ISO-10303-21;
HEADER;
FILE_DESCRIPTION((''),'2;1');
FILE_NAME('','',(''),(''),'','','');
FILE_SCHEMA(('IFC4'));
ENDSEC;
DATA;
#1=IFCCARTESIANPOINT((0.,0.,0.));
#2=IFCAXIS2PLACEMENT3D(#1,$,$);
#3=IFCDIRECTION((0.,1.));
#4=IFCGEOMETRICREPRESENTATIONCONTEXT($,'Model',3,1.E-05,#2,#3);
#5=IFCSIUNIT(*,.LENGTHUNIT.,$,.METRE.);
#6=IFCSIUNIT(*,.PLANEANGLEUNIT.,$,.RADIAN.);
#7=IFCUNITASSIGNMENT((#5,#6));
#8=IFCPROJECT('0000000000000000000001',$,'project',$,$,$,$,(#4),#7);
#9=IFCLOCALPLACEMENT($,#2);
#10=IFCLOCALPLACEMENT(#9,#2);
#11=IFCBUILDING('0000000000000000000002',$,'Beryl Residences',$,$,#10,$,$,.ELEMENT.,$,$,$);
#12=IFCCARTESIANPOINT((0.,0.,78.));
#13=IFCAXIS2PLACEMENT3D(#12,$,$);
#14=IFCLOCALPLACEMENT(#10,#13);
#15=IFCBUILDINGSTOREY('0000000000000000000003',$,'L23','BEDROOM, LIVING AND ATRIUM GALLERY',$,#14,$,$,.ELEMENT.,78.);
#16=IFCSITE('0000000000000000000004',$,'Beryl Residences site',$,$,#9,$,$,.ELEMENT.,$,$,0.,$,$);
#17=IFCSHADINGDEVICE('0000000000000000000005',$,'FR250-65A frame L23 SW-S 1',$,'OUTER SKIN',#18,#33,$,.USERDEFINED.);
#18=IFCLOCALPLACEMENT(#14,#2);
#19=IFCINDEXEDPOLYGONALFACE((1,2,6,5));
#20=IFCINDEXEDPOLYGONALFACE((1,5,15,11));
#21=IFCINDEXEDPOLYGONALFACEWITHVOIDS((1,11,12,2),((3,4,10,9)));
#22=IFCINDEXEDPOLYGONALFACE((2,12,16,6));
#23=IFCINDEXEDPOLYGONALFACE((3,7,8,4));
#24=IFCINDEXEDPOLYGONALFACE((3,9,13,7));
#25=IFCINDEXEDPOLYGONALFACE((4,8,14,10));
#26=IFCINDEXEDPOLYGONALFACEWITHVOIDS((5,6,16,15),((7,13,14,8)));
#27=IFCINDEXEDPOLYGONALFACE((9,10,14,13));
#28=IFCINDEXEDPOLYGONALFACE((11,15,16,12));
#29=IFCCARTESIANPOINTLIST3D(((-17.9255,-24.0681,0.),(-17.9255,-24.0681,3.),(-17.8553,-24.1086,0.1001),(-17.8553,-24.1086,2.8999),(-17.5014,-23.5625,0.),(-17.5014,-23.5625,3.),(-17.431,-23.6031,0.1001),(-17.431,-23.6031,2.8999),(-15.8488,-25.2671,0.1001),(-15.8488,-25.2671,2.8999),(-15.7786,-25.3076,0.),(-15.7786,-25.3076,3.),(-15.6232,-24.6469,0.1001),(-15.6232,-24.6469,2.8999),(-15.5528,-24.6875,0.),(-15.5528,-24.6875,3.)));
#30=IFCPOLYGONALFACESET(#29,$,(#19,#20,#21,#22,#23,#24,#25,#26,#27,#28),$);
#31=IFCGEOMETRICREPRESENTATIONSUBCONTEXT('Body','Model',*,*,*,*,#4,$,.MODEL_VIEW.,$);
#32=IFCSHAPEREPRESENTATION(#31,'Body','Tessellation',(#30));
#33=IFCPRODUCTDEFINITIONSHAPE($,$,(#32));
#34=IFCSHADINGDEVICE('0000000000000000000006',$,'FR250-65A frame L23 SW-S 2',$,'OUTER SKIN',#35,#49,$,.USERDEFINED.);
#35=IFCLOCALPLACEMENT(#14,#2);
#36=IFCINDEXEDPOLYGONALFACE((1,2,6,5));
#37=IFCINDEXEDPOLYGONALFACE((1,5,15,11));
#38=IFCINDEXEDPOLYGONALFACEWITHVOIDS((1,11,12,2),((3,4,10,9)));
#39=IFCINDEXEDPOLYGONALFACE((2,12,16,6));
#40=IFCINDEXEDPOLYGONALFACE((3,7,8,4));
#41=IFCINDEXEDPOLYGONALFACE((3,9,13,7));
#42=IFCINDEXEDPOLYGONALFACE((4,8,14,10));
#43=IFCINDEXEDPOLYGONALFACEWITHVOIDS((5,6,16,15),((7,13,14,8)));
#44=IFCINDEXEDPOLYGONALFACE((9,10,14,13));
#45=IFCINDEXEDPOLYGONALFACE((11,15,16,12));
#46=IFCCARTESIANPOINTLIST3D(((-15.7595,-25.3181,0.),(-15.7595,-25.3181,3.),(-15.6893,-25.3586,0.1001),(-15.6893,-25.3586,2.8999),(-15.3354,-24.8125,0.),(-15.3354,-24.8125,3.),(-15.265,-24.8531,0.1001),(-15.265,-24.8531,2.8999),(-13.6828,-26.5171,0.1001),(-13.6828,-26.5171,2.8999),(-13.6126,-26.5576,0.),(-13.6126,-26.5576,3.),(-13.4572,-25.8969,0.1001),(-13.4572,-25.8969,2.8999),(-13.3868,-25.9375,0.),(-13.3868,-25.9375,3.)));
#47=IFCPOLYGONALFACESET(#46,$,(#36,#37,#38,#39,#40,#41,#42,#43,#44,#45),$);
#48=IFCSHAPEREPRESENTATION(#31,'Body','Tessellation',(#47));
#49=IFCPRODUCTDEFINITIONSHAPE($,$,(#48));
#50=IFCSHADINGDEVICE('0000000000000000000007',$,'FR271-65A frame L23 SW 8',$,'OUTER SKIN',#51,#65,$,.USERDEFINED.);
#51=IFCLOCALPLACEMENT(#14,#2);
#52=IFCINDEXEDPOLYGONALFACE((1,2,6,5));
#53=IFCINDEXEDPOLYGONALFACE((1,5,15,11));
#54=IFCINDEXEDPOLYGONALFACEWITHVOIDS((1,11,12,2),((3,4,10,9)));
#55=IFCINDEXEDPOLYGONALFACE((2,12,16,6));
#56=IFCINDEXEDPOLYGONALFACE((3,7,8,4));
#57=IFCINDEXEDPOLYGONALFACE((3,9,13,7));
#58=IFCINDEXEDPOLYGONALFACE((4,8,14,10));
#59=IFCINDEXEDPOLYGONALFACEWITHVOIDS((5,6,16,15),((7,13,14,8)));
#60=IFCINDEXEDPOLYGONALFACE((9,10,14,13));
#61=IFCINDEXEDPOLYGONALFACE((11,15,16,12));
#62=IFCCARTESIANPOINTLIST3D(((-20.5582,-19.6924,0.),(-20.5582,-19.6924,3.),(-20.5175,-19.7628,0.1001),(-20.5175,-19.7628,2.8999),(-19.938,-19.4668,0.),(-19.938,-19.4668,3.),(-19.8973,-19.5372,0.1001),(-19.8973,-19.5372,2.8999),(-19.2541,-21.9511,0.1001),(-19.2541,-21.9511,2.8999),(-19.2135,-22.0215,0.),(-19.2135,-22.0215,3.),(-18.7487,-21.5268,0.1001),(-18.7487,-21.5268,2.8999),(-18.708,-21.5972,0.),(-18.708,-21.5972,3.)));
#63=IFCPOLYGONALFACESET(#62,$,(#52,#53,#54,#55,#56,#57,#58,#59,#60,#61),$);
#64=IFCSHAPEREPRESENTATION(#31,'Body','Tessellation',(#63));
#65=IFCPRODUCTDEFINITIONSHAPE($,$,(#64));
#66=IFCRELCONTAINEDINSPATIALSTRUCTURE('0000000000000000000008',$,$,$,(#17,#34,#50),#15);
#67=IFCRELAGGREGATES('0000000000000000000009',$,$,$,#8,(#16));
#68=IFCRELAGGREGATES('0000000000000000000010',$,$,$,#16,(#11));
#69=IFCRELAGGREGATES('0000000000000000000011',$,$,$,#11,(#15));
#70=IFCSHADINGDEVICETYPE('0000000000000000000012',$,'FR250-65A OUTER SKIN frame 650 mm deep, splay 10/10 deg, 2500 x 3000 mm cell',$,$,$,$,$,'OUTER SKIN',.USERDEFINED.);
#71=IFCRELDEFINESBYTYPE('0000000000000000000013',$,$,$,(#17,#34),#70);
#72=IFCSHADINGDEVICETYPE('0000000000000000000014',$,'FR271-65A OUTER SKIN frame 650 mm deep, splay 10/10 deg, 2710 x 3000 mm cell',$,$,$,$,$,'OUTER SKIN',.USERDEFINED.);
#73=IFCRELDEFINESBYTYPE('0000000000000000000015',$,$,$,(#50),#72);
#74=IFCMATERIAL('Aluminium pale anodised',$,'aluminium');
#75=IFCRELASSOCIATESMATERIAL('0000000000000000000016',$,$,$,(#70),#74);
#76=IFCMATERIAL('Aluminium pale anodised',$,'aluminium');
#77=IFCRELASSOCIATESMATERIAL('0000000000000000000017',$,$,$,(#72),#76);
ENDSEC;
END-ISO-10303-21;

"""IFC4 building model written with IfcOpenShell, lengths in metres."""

from ifc_helpers import new_model, entity, si_unit, direction, frame, origin, place, context, subcontext, project, spatial, source, transform, mapped, material, type_object, type_shapes, element, save


model = new_model("IFC4")

# Units and contexts
model_context = context("Model", 3, precision=1e-05, world=origin(), true_north=direction((0.0, 1.0)))
body_context = subcontext(model_context, "Body", "Model", "MODEL_VIEW")
ifc_project = project(units=[si_unit("LENGTHUNIT", "METRE"), si_unit("PLANEANGLEUNIT", "RADIAN")], contexts=[model_context])

# Site, building, storey
site_placement = place(None, origin())
site = spatial("IfcSite", under=ifc_project, at=site_placement, Name="Beryl Residences site", CompositionType="ELEMENT", RefElevation=0.0)
building_placement = place(site_placement, origin())
building = spatial("IfcBuilding", under=site, at=building_placement, Name="Beryl Residences", CompositionType="ELEMENT")
storey_placement = place(building_placement, frame((0.0, 0.0, 78.0)))
storey = spatial("IfcBuildingStorey", under=building, at=storey_placement, Name="L23", Description="BEDROOM, LIVING AND ATRIUM GALLERY", CompositionType="ELEMENT", Elevation=78.0)

# Shading devices
ifc_material_1 = material(Name="Aluminium pale anodised", Category="aluminium")
shading_device_type_1 = type_object("IfcShadingDeviceType", Name="FR250-65A OUTER SKIN frame 650 mm deep, splay 10/10 deg, 2500 x 3000 mm cell", ElementType="OUTER SKIN", PredefinedType="USERDEFINED", material=ifc_material_1)
cartesian_point_1 = entity("IfcCartesianPoint", [-1.125, 0.0])
cartesian_point_2 = entity("IfcCartesianPoint", [-1.0437, 0.1001])
cartesian_point_3 = entity("IfcCartesianPoint", [-1.2395, 0.0])
cartesian_point_4 = entity("IfcCartesianPoint", [-1.1584, 0.1001])
shared_shape_1 = source(origin(), body_context, "Body", "SweptSolid", [
    entity("IfcExtrudedAreaSolidTapered", entity("IfcArbitraryProfileDefWithVoids", "AREA", None, entity("IfcPolyline", [cartesian_point_1, entity("IfcCartesianPoint", [1.125, 0.0]), entity("IfcCartesianPoint", [1.125, 3.0]), entity("IfcCartesianPoint", [-1.125, 3.0]), cartesian_point_1]), [entity("IfcPolyline", [cartesian_point_2, entity("IfcCartesianPoint", [1.0437, 0.1001]), entity("IfcCartesianPoint", [1.0437, 2.8999]), entity("IfcCartesianPoint", [-1.0437, 2.8999]), cartesian_point_2])]), entity("IfcAxis2Placement3D", entity("IfcCartesianPoint", [0.0, 0.0, 0.0]), entity("IfcDirection", [0.0, 1.0, 0.0]), entity("IfcDirection", [-1.0, 0.0, 0.0])), entity("IfcDirection", [0.0, 0.0, 1.0]), 0.6499, entity("IfcArbitraryProfileDefWithVoids", "AREA", None, entity("IfcPolyline", [cartesian_point_3, entity("IfcCartesianPoint", [1.2395, 0.0]), entity("IfcCartesianPoint", [1.2395, 3.0]), entity("IfcCartesianPoint", [-1.2395, 3.0]), cartesian_point_3]), [entity("IfcPolyline", [cartesian_point_4, entity("IfcCartesianPoint", [1.1584, 0.1001]), entity("IfcCartesianPoint", [1.1584, 2.8999]), entity("IfcCartesianPoint", [-1.1584, 2.8999]), cartesian_point_4])])),
])
type_shapes(shading_device_type_1, [shared_shape_1])
for number, where, z_axis, x_axis, name in (
    (1, (-16.5271, -24.125, 0.0), (0.0, 0.0, 1.0), (-0.866025, 0.5, 0.0), "FR250-65A frame L23 SW-S 1"),
    (2, (-14.3611, -25.375, 0.0), (0.0, 0.0, 1.0), (-0.866025, 0.5, 0.0), "FR250-65A frame L23 SW-S 2"),
):
    element("IfcShadingDevice", number, at=place(storey_placement, frame(where, z_axis=z_axis, x_axis=x_axis)), inside=storey, type_object=shading_device_type_1, Name=name, ObjectType="OUTER SKIN", PredefinedType="USERDEFINED", context=body_context, shape_type="MappedRepresentation", body=[
        mapped(shared_shape_1, transform((0.0, 0.0, 0.0))),
    ])
ifc_material_2 = material(Name="Aluminium pale anodised", Category="aluminium")
shading_device_type_2 = type_object("IfcShadingDeviceType", Name="FR271-65A OUTER SKIN frame 650 mm deep, splay 10/10 deg, 2710 x 3000 mm cell", ElementType="OUTER SKIN", PredefinedType="USERDEFINED", material=ifc_material_2)
cartesian_point_5 = entity("IfcCartesianPoint", [-1.23, 0.0])
cartesian_point_6 = entity("IfcCartesianPoint", [-1.1487, 0.1001])
cartesian_point_7 = entity("IfcCartesianPoint", [-1.3447, 0.0])
cartesian_point_8 = entity("IfcCartesianPoint", [-1.2634, 0.1001])
shared_shape_2 = source(origin(), body_context, "Body", "SweptSolid", [
    entity("IfcExtrudedAreaSolidTapered", entity("IfcArbitraryProfileDefWithVoids", "AREA", None, entity("IfcPolyline", [cartesian_point_5, entity("IfcCartesianPoint", [1.23, 0.0]), entity("IfcCartesianPoint", [1.23, 3.0]), entity("IfcCartesianPoint", [-1.23, 3.0]), cartesian_point_5]), [entity("IfcPolyline", [cartesian_point_6, entity("IfcCartesianPoint", [1.1487, 0.1001]), entity("IfcCartesianPoint", [1.1487, 2.8999]), entity("IfcCartesianPoint", [-1.1487, 2.8999]), cartesian_point_6])]), entity("IfcAxis2Placement3D", entity("IfcCartesianPoint", [0.0, 0.0, 0.0]), entity("IfcDirection", [0.0, 1.0, 0.0]), entity("IfcDirection", [-1.0, 0.0, 0.0])), entity("IfcDirection", [0.0, 0.0, 1.0]), 0.6499, entity("IfcArbitraryProfileDefWithVoids", "AREA", None, entity("IfcPolyline", [cartesian_point_7, entity("IfcCartesianPoint", [1.3447, 0.0]), entity("IfcCartesianPoint", [1.3447, 3.0]), entity("IfcCartesianPoint", [-1.3447, 3.0]), cartesian_point_7]), [entity("IfcPolyline", [cartesian_point_8, entity("IfcCartesianPoint", [1.2634, 0.1001]), entity("IfcCartesianPoint", [1.2634, 2.8999]), entity("IfcCartesianPoint", [-1.2634, 2.8999]), cartesian_point_8])])),
])
type_shapes(shading_device_type_2, [shared_shape_2])
shading_device_1_placement = place(storey_placement, frame((-19.323, -20.532, 0.0), z_axis=(0.0, 0.0, 1.0), x_axis=(-0.5, 0.866025, 0.0)))
element("IfcShadingDevice", 3, at=shading_device_1_placement, inside=storey, type_object=shading_device_type_2, Name="FR271-65A frame L23 SW 8", ObjectType="OUTER SKIN", PredefinedType="USERDEFINED", context=body_context, shape_type="MappedRepresentation", body=[
    mapped(shared_shape_2, transform((0.0, 0.0, 0.0))),
])

save(model, "model.ifc")
